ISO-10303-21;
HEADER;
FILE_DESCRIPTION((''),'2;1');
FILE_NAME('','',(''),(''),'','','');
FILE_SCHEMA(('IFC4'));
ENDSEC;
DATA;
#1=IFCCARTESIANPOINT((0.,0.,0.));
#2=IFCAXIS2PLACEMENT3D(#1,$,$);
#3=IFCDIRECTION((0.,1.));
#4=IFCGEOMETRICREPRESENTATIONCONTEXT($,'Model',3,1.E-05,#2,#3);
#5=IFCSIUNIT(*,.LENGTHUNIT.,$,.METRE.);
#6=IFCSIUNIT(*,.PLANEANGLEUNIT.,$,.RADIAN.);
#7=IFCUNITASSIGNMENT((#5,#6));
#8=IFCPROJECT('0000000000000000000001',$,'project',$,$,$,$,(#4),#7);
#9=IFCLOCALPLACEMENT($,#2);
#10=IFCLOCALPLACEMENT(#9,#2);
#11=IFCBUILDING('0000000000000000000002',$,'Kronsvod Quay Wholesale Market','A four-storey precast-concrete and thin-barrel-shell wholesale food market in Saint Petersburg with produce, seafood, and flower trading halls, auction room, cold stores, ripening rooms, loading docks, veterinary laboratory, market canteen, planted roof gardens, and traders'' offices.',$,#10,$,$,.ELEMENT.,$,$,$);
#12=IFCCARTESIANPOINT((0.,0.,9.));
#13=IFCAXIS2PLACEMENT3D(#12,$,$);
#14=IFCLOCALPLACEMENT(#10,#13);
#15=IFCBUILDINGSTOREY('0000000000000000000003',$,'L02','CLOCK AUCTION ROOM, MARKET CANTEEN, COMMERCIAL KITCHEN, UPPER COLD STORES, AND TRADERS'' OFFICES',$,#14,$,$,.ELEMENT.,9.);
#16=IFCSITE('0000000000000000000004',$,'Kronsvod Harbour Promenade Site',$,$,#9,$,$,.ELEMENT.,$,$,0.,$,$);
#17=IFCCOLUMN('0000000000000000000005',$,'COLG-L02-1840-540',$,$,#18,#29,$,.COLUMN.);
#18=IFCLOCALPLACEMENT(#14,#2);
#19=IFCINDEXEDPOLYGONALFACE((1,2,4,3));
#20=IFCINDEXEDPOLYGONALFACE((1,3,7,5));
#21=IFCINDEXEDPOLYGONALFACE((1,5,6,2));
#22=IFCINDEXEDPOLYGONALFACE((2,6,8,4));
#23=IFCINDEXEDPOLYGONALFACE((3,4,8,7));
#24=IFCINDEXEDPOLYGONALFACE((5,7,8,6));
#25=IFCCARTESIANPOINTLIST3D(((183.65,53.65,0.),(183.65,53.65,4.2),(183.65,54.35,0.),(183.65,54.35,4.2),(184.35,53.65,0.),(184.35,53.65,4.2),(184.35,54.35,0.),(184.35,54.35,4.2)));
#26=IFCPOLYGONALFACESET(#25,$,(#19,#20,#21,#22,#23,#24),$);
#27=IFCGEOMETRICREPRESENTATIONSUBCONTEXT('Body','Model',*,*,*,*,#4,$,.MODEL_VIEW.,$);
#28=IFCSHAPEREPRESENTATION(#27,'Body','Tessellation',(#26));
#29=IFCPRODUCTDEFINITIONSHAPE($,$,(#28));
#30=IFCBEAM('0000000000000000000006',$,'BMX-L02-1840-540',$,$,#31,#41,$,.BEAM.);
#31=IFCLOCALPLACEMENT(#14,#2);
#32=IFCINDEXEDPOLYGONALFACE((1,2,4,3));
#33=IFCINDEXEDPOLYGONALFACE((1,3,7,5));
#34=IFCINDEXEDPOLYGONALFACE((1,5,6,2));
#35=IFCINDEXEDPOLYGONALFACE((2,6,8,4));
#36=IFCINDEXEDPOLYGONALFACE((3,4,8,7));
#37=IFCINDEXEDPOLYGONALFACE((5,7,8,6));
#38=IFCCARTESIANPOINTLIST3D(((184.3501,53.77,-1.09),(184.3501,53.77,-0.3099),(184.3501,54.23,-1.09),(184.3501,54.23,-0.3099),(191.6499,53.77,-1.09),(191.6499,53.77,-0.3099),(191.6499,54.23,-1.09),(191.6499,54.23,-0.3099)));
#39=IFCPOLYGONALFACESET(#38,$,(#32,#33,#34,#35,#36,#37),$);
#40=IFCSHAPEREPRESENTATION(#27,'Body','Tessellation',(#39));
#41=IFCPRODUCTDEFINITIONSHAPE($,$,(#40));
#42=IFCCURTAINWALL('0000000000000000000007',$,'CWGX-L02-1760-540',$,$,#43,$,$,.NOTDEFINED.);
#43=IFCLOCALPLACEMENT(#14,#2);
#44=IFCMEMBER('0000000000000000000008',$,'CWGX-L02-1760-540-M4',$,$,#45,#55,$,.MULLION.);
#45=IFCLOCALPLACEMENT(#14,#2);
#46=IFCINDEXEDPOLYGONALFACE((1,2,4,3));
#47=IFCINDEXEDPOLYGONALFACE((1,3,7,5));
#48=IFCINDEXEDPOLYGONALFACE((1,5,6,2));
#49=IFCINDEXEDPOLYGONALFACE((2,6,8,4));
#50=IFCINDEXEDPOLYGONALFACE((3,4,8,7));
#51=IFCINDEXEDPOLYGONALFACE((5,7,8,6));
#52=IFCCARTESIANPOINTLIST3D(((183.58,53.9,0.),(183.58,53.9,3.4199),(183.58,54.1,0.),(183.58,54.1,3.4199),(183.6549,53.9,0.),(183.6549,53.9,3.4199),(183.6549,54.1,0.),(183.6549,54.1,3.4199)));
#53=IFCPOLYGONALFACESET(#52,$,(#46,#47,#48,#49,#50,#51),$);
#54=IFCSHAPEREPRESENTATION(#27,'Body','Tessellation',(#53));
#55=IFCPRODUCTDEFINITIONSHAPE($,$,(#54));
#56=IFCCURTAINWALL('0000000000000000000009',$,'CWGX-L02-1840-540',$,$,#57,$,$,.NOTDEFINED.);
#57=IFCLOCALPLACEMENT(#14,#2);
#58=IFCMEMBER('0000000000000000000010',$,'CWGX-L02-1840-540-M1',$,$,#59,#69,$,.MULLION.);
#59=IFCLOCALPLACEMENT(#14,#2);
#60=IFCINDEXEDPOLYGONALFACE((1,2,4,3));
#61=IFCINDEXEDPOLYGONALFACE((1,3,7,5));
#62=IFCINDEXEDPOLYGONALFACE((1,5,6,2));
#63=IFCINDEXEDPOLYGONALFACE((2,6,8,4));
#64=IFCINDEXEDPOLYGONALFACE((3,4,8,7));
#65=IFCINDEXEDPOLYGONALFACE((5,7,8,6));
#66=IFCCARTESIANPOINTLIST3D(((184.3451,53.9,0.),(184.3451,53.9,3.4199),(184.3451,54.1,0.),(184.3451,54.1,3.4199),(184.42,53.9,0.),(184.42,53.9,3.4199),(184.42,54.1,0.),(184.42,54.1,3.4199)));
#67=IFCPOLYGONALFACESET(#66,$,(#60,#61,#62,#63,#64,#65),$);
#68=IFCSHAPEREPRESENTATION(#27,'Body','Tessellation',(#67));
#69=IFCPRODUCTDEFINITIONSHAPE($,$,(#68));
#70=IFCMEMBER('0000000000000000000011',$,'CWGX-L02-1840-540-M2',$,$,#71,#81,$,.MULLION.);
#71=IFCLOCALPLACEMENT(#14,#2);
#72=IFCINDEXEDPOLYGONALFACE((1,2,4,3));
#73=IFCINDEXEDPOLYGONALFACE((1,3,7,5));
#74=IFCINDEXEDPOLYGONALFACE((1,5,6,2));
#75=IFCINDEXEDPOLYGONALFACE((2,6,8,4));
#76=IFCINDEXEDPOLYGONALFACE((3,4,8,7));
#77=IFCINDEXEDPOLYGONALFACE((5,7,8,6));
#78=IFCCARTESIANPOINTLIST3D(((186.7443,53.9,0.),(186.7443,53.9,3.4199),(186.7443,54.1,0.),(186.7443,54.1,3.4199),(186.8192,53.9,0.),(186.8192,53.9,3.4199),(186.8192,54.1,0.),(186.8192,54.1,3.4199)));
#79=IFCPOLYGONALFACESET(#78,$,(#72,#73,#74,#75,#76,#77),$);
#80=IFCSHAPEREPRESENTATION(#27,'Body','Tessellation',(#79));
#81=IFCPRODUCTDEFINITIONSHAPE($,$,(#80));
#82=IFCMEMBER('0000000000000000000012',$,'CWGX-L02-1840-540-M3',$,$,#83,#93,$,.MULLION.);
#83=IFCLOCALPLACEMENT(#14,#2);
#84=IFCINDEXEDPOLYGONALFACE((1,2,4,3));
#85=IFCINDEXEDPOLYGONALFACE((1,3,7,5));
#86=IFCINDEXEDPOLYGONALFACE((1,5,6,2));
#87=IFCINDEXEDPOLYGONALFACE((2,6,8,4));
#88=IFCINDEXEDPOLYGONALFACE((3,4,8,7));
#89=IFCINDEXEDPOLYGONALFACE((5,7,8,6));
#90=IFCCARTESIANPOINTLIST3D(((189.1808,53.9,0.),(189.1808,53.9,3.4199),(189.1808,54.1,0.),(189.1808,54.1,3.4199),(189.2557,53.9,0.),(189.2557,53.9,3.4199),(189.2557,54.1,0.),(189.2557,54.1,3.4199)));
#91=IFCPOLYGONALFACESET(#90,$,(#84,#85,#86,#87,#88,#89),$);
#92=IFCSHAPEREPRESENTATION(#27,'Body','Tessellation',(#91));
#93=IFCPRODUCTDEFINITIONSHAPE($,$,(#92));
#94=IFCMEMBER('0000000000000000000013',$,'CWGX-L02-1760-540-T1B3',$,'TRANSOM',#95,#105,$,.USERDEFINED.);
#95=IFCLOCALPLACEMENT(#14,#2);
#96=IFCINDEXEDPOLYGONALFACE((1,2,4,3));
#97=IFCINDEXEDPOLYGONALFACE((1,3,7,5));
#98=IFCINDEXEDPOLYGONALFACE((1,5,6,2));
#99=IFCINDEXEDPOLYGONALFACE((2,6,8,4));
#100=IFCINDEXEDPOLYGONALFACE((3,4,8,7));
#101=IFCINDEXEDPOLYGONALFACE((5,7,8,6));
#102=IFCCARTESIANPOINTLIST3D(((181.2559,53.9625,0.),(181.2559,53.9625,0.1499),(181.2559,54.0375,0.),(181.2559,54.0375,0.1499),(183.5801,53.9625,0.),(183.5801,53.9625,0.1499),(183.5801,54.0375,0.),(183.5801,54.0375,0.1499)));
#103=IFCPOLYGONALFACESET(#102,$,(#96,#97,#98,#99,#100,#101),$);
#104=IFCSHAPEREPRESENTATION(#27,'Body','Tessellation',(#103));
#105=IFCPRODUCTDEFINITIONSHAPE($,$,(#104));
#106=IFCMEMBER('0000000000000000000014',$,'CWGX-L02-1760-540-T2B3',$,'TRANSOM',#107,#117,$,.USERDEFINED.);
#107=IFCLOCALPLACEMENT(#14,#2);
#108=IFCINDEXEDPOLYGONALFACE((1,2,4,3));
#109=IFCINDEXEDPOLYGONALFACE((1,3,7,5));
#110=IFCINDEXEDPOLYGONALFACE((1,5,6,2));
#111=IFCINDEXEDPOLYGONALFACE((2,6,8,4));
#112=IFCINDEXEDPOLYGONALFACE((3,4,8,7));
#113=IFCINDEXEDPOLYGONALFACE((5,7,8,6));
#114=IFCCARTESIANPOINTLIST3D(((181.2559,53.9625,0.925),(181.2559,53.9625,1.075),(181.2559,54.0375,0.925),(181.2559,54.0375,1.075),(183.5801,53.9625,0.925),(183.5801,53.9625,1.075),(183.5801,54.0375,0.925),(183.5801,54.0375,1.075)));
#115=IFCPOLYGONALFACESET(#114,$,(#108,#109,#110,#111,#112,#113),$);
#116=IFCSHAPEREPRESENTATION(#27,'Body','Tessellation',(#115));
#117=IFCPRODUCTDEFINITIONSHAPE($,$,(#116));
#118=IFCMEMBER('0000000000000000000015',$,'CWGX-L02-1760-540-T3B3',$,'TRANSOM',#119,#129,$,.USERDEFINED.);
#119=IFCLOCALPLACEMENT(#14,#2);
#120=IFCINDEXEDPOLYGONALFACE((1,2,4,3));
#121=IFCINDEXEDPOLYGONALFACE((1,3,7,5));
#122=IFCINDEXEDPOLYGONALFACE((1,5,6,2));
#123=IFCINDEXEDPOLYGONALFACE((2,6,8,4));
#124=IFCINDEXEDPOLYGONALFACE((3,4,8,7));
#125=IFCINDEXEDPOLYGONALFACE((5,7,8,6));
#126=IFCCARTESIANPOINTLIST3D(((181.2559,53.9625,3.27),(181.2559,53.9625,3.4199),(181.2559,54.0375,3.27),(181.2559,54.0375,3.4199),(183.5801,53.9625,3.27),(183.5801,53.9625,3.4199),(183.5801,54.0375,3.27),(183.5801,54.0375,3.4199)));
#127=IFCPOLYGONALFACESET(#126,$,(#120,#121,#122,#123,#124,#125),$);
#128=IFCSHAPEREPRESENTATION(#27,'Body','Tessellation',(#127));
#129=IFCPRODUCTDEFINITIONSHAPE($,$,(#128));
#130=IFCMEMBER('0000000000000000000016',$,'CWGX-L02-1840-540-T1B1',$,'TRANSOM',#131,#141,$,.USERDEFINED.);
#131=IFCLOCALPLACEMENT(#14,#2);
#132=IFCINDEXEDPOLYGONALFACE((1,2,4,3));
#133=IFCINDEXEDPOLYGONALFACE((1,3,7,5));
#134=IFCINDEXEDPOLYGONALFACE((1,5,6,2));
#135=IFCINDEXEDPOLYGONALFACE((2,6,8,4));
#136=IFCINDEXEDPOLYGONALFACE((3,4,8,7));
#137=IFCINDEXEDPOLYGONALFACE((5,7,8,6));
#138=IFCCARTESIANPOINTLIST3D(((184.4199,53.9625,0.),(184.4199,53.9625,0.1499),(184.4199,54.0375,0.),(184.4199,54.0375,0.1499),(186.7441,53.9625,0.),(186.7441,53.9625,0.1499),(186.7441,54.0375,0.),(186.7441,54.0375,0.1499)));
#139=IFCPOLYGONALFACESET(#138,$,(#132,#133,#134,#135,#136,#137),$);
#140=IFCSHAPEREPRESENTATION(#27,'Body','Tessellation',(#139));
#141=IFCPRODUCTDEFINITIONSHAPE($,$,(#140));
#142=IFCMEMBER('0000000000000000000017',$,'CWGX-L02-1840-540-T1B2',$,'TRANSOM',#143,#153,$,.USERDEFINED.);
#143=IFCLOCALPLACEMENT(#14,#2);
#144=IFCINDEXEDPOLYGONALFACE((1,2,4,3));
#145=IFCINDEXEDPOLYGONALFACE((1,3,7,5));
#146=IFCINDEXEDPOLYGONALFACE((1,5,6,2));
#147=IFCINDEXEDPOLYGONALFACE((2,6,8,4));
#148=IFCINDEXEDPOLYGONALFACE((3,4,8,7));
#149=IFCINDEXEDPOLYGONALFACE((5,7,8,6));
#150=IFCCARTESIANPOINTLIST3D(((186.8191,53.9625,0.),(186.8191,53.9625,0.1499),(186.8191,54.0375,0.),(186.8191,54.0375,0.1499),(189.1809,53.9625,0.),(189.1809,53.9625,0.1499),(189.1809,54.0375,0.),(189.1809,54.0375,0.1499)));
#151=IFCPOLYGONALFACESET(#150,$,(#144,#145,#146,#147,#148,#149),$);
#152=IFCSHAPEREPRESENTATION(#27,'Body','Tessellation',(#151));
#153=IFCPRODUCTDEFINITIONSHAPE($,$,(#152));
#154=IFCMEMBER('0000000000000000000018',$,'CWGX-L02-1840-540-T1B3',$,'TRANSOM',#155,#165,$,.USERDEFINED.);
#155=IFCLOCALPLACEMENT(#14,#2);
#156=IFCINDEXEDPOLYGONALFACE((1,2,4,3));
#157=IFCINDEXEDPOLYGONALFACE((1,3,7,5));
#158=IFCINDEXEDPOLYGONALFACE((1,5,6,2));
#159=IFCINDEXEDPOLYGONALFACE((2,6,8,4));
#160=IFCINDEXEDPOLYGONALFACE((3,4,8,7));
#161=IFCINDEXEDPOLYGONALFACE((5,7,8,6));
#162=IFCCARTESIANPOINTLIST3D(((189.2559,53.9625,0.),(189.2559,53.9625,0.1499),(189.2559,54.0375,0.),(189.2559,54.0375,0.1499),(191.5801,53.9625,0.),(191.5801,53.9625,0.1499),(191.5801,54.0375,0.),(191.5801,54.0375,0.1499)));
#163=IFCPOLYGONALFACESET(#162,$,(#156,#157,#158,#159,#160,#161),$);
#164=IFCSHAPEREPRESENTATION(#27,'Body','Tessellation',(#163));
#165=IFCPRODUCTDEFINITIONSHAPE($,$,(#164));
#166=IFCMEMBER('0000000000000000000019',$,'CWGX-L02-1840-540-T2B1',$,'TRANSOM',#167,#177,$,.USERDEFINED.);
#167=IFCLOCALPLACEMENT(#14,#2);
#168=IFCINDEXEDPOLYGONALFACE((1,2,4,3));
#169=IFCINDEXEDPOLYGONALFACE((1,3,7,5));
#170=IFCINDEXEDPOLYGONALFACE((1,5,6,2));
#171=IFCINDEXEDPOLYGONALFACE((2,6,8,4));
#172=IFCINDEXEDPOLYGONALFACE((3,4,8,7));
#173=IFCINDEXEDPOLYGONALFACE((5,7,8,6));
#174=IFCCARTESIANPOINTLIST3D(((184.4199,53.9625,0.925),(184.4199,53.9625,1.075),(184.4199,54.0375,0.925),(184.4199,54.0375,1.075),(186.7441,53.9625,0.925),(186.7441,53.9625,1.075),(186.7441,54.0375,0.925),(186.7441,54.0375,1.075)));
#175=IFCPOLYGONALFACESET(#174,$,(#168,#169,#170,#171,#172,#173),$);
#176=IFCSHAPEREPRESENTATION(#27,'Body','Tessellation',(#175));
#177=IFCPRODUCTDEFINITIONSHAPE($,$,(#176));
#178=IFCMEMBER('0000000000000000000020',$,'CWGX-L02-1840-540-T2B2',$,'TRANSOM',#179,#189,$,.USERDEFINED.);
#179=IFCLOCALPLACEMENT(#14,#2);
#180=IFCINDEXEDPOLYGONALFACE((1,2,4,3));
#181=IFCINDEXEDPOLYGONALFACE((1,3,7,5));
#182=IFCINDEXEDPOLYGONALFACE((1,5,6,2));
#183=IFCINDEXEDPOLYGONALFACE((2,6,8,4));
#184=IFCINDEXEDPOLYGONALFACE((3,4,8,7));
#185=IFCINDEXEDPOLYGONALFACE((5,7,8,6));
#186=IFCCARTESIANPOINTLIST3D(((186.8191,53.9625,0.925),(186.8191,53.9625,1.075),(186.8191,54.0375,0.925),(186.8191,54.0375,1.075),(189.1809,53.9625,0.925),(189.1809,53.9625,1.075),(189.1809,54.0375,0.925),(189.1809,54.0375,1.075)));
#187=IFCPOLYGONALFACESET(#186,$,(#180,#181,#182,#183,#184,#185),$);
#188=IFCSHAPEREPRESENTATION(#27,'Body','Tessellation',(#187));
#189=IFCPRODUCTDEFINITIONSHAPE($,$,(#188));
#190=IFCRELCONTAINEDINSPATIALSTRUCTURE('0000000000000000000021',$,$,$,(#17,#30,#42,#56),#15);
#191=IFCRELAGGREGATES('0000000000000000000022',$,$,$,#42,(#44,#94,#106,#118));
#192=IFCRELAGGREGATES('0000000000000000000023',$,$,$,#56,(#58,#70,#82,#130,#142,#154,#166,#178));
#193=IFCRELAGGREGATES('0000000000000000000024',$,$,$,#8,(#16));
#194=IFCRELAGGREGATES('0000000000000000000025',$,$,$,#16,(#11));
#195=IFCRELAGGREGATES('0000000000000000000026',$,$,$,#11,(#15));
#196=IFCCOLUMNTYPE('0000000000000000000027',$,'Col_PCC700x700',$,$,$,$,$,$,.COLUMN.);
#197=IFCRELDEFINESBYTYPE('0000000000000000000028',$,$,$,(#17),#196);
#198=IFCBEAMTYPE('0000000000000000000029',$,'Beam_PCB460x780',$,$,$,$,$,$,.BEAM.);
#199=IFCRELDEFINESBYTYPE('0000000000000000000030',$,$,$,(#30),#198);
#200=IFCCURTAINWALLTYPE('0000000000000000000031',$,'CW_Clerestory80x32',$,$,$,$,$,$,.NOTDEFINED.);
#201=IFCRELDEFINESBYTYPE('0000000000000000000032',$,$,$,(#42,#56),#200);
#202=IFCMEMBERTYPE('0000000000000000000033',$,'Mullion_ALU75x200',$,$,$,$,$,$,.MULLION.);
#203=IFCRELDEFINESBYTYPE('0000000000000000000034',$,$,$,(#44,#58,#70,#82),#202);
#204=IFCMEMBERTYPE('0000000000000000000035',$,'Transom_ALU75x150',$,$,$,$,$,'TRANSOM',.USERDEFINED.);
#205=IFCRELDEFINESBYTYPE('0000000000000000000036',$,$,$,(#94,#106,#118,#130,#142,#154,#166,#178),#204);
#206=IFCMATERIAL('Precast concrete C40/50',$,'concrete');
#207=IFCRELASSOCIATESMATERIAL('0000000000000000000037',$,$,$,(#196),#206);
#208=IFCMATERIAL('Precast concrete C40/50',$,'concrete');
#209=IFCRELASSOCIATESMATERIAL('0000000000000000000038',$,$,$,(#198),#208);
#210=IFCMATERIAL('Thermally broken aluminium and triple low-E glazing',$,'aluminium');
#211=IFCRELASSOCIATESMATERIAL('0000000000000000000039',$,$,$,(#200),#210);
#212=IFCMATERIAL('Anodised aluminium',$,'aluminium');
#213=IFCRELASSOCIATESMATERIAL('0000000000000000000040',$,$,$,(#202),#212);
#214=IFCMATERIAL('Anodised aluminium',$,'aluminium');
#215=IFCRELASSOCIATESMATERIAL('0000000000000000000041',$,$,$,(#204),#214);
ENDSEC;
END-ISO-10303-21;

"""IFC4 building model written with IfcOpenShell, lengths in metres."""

from ifc_helpers import new_model, si_unit, direction, frame, origin, origin_2d, place, context, subcontext, project, spatial, rectangle, extrude, material, material_profile, profile_set, type_object, element, aggregate, save


model = new_model("IFC4")

# Units and contexts
model_context = context("Model", 3, precision=1e-05, world=origin(), true_north=direction((0.0, 1.0)))
body_context = subcontext(model_context, "Body", "Model", "MODEL_VIEW")
ifc_project = project(units=[si_unit("LENGTHUNIT", "METRE"), si_unit("PLANEANGLEUNIT", "RADIAN")], contexts=[model_context])

# Site, building, storey
site_placement = place(None, origin())
site = spatial("IfcSite", under=ifc_project, at=site_placement, Name="Kronsvod Harbour Promenade Site", CompositionType="ELEMENT", RefElevation=0.0)
building_placement = place(site_placement, origin())
building = spatial("IfcBuilding", under=site, at=building_placement, Name="Kronsvod Quay Wholesale Market", Description="A four-storey precast-concrete and thin-barrel-shell wholesale food market in Saint Petersburg with produce, seafood, and flower trading halls, auction room, cold stores, ripening rooms, loading docks, veterinary laboratory, market canteen, planted roof gardens, and traders' offices.", CompositionType="ELEMENT")
storey_placement = place(building_placement, frame((0.0, 0.0, 9.0)))
storey = spatial("IfcBuildingStorey", under=building, at=storey_placement, Name="L02", Description="CLOCK AUCTION ROOM, MARKET CANTEEN, COMMERCIAL KITCHEN, UPPER COLD STORES, AND TRADERS' OFFICES", CompositionType="ELEMENT", Elevation=9.0)

# Column
ifc_material_1 = material(Name="Precast concrete C40/50", Category="concrete")
ifc_material_profile_1 = material_profile(ifc_material_1, rectangle(XDim=0.7, YDim=0.7, at=origin_2d()), Name="PCC700x700")
ifc_profile_set_1 = profile_set([ifc_material_profile_1], Name="Precast concrete C40/50")
column_type = type_object("IfcColumnType", Name="Col_PCC700x700", PredefinedType="COLUMN", material=ifc_profile_set_1)
column_placement = place(storey_placement, frame((184.0, 54.0, 0.0), z_axis=(0.0, 0.0, 1.0), x_axis=(1.0, 0.0, 0.0)))
element("IfcColumn", 1, at=column_placement, inside=storey, type_object=column_type, Name="COLG-L02-1840-540", PredefinedType="COLUMN", context=body_context, shape_type="SweptSolid", body=[
    extrude(rectangle(XDim=0.7, YDim=0.7, at=origin_2d()), origin(), (0.0, 0.0, 1.0), 4.2),
])

# Beam
ifc_material_2 = material(Name="Precast concrete C40/50", Category="concrete")
ifc_material_profile_2 = material_profile(ifc_material_2, rectangle(XDim=0.46, YDim=0.78, at=origin_2d()), Name="PB-03")
ifc_profile_set_2 = profile_set([ifc_material_profile_2], Name="Precast concrete C40/50")
beam_type = type_object("IfcBeamType", Name="Beam_PCB460x780", PredefinedType="BEAM", material=ifc_profile_set_2)
beam_placement = place(storey_placement, frame((184.3501, 54.0, -0.7), z_axis=(1.0, 0.0, 0.0), x_axis=(0.0, 1.0, 0.0)))
element("IfcBeam", 2, at=beam_placement, inside=storey, type_object=beam_type, Name="BMX-L02-1840-540", PredefinedType="BEAM", context=body_context, shape_type="SweptSolid", body=[
    extrude(rectangle(XDim=0.46, YDim=0.78, at=origin_2d()), origin(), (0.0, 0.0, 1.0), 7.2998),
])

# Curtain wall, member
ifc_material_3 = material(Name="Thermally broken aluminium and triple low-E glazing", Category="aluminium")
curtain_wall_type = type_object("IfcCurtainWallType", Name="CW_Clerestory80x32", PredefinedType="NOTDEFINED", material=ifc_material_3)
curtain_wall_1_placement = place(storey_placement, origin())
curtain_wall_1 = element("IfcCurtainWall", 3, at=curtain_wall_1_placement, inside=storey, type_object=curtain_wall_type, Name="CWGX-L02-1760-540", PredefinedType="NOTDEFINED")
ifc_material_4 = material(Name="Anodised aluminium", Category="aluminium")
ifc_material_profile_3 = material_profile(ifc_material_4, rectangle(XDim=0.075, YDim=0.2, at=origin_2d()), Name="ALUM75x200")
ifc_profile_set_3 = profile_set([ifc_material_profile_3], Name="Anodised aluminium")
member_type_1 = type_object("IfcMemberType", Name="Mullion_ALU75x200", PredefinedType="MULLION", material=ifc_profile_set_3)
member_1_placement = place(storey_placement, frame((183.6174, 54.0, 0.0), z_axis=(0.0, 0.0, 1.0), x_axis=(1.0, 0.0, 0.0)))
member_1 = element("IfcMember", 4, at=member_1_placement, type_object=member_type_1, Name="CWGX-L02-1760-540-M4", PredefinedType="MULLION", context=body_context, shape_type="SweptSolid", body=[
    extrude(rectangle(XDim=0.075, YDim=0.2, at=origin_2d()), origin(), (0.0, 0.0, 1.0), 3.4199),
])

# Curtain wall, members
curtain_wall_2_placement = place(storey_placement, origin())
curtain_wall_2 = element("IfcCurtainWall", 5, at=curtain_wall_2_placement, inside=storey, type_object=curtain_wall_type, Name="CWGX-L02-1840-540", PredefinedType="NOTDEFINED")
member_2_placement = place(storey_placement, frame((184.3826, 54.0, 0.0), z_axis=(0.0, 0.0, 1.0), x_axis=(1.0, 0.0, 0.0)))
member_2 = element("IfcMember", 6, at=member_2_placement, type_object=member_type_1, Name="CWGX-L02-1840-540-M1", PredefinedType="MULLION", context=body_context, shape_type="SweptSolid", body=[
    extrude(rectangle(XDim=0.075, YDim=0.2, at=origin_2d()), origin(), (0.0, 0.0, 1.0), 3.4199),
])
member_3_placement = place(storey_placement, frame((186.7817, 54.0, 0.0), z_axis=(0.0, 0.0, 1.0), x_axis=(1.0, 0.0, 0.0)))
member_3 = element("IfcMember", 7, at=member_3_placement, type_object=member_type_1, Name="CWGX-L02-1840-540-M2", PredefinedType="MULLION", context=body_context, shape_type="SweptSolid", body=[
    extrude(rectangle(XDim=0.075, YDim=0.2, at=origin_2d()), origin(), (0.0, 0.0, 1.0), 3.4199),
])
member_4_placement = place(storey_placement, frame((189.2183, 54.0, 0.0), z_axis=(0.0, 0.0, 1.0), x_axis=(1.0, 0.0, 0.0)))
member_4 = element("IfcMember", 8, at=member_4_placement, type_object=member_type_1, Name="CWGX-L02-1840-540-M3", PredefinedType="MULLION", context=body_context, shape_type="SweptSolid", body=[
    extrude(rectangle(XDim=0.075, YDim=0.2, at=origin_2d()), origin(), (0.0, 0.0, 1.0), 3.4199),
])

# Members
ifc_material_5 = material(Name="Anodised aluminium", Category="aluminium")
ifc_material_profile_4 = material_profile(ifc_material_5, rectangle(XDim=0.075, YDim=0.1499, at=origin_2d()), Name="ALUT75x150")
ifc_profile_set_4 = profile_set([ifc_material_profile_4], Name="Anodised aluminium")
member_type_2 = type_object("IfcMemberType", Name="Transom_ALU75x150", ElementType="TRANSOM", PredefinedType="USERDEFINED", material=ifc_profile_set_4)
member_5_placement = place(storey_placement, frame((181.2559, 54.0, 0.075), z_axis=(1.0, 0.0, 0.0), x_axis=(0.0, 1.0, 0.0)))
member_5 = element("IfcMember", 9, at=member_5_placement, type_object=member_type_2, Name="CWGX-L02-1760-540-T1B3", ObjectType="TRANSOM", PredefinedType="USERDEFINED", context=body_context, shape_type="SweptSolid", body=[
    extrude(rectangle(XDim=0.075, YDim=0.1499, at=origin_2d()), origin(), (0.0, 0.0, 1.0), 2.3242),
])
member_6_placement = place(storey_placement, frame((181.2559, 54.0, 1.0), z_axis=(1.0, 0.0, 0.0), x_axis=(0.0, 1.0, 0.0)))
member_6 = element("IfcMember", 10, at=member_6_placement, type_object=member_type_2, Name="CWGX-L02-1760-540-T2B3", ObjectType="TRANSOM", PredefinedType="USERDEFINED", context=body_context, shape_type="SweptSolid", body=[
    extrude(rectangle(XDim=0.075, YDim=0.1499, at=origin_2d()), origin(), (0.0, 0.0, 1.0), 2.3242),
])
member_7_placement = place(storey_placement, frame((181.2559, 54.0, 3.345), z_axis=(1.0, 0.0, 0.0), x_axis=(0.0, 1.0, 0.0)))
member_7 = element("IfcMember", 11, at=member_7_placement, type_object=member_type_2, Name="CWGX-L02-1760-540-T3B3", ObjectType="TRANSOM", PredefinedType="USERDEFINED", context=body_context, shape_type="SweptSolid", body=[
    extrude(rectangle(XDim=0.075, YDim=0.1499, at=origin_2d()), origin(), (0.0, 0.0, 1.0), 2.3242),
])
member_8_placement = place(storey_placement, frame((184.4199, 54.0, 0.075), z_axis=(1.0, 0.0, 0.0), x_axis=(0.0, 1.0, 0.0)))
member_8 = element("IfcMember", 12, at=member_8_placement, type_object=member_type_2, Name="CWGX-L02-1840-540-T1B1", ObjectType="TRANSOM", PredefinedType="USERDEFINED", context=body_context, shape_type="SweptSolid", body=[
    extrude(rectangle(XDim=0.075, YDim=0.1499, at=origin_2d()), origin(), (0.0, 0.0, 1.0), 2.3242),
])
member_9_placement = place(storey_placement, frame((186.8191, 54.0, 0.075), z_axis=(1.0, 0.0, 0.0), x_axis=(0.0, 1.0, 0.0)))
member_9 = element("IfcMember", 13, at=member_9_placement, type_object=member_type_2, Name="CWGX-L02-1840-540-T1B2", ObjectType="TRANSOM", PredefinedType="USERDEFINED", context=body_context, shape_type="SweptSolid", body=[
    extrude(rectangle(XDim=0.075, YDim=0.1499, at=origin_2d()), origin(), (0.0, 0.0, 1.0), 2.3618),
])
member_10_placement = place(storey_placement, frame((189.2559, 54.0, 0.075), z_axis=(1.0, 0.0, 0.0), x_axis=(0.0, 1.0, 0.0)))
member_10 = element("IfcMember", 14, at=member_10_placement, type_object=member_type_2, Name="CWGX-L02-1840-540-T1B3", ObjectType="TRANSOM", PredefinedType="USERDEFINED", context=body_context, shape_type="SweptSolid", body=[
    extrude(rectangle(XDim=0.075, YDim=0.1499, at=origin_2d()), origin(), (0.0, 0.0, 1.0), 2.3242),
])
member_11_placement = place(storey_placement, frame((184.4199, 54.0, 1.0), z_axis=(1.0, 0.0, 0.0), x_axis=(0.0, 1.0, 0.0)))
member_11 = element("IfcMember", 15, at=member_11_placement, type_object=member_type_2, Name="CWGX-L02-1840-540-T2B1", ObjectType="TRANSOM", PredefinedType="USERDEFINED", context=body_context, shape_type="SweptSolid", body=[
    extrude(rectangle(XDim=0.075, YDim=0.1499, at=origin_2d()), origin(), (0.0, 0.0, 1.0), 2.3242),
])
member_12_placement = place(storey_placement, frame((186.8191, 54.0, 1.0), z_axis=(1.0, 0.0, 0.0), x_axis=(0.0, 1.0, 0.0)))
member_12 = element("IfcMember", 16, at=member_12_placement, type_object=member_type_2, Name="CWGX-L02-1840-540-T2B2", ObjectType="TRANSOM", PredefinedType="USERDEFINED", context=body_context, shape_type="SweptSolid", body=[
    extrude(rectangle(XDim=0.075, YDim=0.1499, at=origin_2d()), origin(), (0.0, 0.0, 1.0), 2.3618),
])

aggregate(curtain_wall_1, [member_1, member_5, member_6, member_7])
aggregate(curtain_wall_2, [member_2, member_3, member_4, member_8, member_9, member_10, member_11, member_12])

save(model, "model.ifc")
